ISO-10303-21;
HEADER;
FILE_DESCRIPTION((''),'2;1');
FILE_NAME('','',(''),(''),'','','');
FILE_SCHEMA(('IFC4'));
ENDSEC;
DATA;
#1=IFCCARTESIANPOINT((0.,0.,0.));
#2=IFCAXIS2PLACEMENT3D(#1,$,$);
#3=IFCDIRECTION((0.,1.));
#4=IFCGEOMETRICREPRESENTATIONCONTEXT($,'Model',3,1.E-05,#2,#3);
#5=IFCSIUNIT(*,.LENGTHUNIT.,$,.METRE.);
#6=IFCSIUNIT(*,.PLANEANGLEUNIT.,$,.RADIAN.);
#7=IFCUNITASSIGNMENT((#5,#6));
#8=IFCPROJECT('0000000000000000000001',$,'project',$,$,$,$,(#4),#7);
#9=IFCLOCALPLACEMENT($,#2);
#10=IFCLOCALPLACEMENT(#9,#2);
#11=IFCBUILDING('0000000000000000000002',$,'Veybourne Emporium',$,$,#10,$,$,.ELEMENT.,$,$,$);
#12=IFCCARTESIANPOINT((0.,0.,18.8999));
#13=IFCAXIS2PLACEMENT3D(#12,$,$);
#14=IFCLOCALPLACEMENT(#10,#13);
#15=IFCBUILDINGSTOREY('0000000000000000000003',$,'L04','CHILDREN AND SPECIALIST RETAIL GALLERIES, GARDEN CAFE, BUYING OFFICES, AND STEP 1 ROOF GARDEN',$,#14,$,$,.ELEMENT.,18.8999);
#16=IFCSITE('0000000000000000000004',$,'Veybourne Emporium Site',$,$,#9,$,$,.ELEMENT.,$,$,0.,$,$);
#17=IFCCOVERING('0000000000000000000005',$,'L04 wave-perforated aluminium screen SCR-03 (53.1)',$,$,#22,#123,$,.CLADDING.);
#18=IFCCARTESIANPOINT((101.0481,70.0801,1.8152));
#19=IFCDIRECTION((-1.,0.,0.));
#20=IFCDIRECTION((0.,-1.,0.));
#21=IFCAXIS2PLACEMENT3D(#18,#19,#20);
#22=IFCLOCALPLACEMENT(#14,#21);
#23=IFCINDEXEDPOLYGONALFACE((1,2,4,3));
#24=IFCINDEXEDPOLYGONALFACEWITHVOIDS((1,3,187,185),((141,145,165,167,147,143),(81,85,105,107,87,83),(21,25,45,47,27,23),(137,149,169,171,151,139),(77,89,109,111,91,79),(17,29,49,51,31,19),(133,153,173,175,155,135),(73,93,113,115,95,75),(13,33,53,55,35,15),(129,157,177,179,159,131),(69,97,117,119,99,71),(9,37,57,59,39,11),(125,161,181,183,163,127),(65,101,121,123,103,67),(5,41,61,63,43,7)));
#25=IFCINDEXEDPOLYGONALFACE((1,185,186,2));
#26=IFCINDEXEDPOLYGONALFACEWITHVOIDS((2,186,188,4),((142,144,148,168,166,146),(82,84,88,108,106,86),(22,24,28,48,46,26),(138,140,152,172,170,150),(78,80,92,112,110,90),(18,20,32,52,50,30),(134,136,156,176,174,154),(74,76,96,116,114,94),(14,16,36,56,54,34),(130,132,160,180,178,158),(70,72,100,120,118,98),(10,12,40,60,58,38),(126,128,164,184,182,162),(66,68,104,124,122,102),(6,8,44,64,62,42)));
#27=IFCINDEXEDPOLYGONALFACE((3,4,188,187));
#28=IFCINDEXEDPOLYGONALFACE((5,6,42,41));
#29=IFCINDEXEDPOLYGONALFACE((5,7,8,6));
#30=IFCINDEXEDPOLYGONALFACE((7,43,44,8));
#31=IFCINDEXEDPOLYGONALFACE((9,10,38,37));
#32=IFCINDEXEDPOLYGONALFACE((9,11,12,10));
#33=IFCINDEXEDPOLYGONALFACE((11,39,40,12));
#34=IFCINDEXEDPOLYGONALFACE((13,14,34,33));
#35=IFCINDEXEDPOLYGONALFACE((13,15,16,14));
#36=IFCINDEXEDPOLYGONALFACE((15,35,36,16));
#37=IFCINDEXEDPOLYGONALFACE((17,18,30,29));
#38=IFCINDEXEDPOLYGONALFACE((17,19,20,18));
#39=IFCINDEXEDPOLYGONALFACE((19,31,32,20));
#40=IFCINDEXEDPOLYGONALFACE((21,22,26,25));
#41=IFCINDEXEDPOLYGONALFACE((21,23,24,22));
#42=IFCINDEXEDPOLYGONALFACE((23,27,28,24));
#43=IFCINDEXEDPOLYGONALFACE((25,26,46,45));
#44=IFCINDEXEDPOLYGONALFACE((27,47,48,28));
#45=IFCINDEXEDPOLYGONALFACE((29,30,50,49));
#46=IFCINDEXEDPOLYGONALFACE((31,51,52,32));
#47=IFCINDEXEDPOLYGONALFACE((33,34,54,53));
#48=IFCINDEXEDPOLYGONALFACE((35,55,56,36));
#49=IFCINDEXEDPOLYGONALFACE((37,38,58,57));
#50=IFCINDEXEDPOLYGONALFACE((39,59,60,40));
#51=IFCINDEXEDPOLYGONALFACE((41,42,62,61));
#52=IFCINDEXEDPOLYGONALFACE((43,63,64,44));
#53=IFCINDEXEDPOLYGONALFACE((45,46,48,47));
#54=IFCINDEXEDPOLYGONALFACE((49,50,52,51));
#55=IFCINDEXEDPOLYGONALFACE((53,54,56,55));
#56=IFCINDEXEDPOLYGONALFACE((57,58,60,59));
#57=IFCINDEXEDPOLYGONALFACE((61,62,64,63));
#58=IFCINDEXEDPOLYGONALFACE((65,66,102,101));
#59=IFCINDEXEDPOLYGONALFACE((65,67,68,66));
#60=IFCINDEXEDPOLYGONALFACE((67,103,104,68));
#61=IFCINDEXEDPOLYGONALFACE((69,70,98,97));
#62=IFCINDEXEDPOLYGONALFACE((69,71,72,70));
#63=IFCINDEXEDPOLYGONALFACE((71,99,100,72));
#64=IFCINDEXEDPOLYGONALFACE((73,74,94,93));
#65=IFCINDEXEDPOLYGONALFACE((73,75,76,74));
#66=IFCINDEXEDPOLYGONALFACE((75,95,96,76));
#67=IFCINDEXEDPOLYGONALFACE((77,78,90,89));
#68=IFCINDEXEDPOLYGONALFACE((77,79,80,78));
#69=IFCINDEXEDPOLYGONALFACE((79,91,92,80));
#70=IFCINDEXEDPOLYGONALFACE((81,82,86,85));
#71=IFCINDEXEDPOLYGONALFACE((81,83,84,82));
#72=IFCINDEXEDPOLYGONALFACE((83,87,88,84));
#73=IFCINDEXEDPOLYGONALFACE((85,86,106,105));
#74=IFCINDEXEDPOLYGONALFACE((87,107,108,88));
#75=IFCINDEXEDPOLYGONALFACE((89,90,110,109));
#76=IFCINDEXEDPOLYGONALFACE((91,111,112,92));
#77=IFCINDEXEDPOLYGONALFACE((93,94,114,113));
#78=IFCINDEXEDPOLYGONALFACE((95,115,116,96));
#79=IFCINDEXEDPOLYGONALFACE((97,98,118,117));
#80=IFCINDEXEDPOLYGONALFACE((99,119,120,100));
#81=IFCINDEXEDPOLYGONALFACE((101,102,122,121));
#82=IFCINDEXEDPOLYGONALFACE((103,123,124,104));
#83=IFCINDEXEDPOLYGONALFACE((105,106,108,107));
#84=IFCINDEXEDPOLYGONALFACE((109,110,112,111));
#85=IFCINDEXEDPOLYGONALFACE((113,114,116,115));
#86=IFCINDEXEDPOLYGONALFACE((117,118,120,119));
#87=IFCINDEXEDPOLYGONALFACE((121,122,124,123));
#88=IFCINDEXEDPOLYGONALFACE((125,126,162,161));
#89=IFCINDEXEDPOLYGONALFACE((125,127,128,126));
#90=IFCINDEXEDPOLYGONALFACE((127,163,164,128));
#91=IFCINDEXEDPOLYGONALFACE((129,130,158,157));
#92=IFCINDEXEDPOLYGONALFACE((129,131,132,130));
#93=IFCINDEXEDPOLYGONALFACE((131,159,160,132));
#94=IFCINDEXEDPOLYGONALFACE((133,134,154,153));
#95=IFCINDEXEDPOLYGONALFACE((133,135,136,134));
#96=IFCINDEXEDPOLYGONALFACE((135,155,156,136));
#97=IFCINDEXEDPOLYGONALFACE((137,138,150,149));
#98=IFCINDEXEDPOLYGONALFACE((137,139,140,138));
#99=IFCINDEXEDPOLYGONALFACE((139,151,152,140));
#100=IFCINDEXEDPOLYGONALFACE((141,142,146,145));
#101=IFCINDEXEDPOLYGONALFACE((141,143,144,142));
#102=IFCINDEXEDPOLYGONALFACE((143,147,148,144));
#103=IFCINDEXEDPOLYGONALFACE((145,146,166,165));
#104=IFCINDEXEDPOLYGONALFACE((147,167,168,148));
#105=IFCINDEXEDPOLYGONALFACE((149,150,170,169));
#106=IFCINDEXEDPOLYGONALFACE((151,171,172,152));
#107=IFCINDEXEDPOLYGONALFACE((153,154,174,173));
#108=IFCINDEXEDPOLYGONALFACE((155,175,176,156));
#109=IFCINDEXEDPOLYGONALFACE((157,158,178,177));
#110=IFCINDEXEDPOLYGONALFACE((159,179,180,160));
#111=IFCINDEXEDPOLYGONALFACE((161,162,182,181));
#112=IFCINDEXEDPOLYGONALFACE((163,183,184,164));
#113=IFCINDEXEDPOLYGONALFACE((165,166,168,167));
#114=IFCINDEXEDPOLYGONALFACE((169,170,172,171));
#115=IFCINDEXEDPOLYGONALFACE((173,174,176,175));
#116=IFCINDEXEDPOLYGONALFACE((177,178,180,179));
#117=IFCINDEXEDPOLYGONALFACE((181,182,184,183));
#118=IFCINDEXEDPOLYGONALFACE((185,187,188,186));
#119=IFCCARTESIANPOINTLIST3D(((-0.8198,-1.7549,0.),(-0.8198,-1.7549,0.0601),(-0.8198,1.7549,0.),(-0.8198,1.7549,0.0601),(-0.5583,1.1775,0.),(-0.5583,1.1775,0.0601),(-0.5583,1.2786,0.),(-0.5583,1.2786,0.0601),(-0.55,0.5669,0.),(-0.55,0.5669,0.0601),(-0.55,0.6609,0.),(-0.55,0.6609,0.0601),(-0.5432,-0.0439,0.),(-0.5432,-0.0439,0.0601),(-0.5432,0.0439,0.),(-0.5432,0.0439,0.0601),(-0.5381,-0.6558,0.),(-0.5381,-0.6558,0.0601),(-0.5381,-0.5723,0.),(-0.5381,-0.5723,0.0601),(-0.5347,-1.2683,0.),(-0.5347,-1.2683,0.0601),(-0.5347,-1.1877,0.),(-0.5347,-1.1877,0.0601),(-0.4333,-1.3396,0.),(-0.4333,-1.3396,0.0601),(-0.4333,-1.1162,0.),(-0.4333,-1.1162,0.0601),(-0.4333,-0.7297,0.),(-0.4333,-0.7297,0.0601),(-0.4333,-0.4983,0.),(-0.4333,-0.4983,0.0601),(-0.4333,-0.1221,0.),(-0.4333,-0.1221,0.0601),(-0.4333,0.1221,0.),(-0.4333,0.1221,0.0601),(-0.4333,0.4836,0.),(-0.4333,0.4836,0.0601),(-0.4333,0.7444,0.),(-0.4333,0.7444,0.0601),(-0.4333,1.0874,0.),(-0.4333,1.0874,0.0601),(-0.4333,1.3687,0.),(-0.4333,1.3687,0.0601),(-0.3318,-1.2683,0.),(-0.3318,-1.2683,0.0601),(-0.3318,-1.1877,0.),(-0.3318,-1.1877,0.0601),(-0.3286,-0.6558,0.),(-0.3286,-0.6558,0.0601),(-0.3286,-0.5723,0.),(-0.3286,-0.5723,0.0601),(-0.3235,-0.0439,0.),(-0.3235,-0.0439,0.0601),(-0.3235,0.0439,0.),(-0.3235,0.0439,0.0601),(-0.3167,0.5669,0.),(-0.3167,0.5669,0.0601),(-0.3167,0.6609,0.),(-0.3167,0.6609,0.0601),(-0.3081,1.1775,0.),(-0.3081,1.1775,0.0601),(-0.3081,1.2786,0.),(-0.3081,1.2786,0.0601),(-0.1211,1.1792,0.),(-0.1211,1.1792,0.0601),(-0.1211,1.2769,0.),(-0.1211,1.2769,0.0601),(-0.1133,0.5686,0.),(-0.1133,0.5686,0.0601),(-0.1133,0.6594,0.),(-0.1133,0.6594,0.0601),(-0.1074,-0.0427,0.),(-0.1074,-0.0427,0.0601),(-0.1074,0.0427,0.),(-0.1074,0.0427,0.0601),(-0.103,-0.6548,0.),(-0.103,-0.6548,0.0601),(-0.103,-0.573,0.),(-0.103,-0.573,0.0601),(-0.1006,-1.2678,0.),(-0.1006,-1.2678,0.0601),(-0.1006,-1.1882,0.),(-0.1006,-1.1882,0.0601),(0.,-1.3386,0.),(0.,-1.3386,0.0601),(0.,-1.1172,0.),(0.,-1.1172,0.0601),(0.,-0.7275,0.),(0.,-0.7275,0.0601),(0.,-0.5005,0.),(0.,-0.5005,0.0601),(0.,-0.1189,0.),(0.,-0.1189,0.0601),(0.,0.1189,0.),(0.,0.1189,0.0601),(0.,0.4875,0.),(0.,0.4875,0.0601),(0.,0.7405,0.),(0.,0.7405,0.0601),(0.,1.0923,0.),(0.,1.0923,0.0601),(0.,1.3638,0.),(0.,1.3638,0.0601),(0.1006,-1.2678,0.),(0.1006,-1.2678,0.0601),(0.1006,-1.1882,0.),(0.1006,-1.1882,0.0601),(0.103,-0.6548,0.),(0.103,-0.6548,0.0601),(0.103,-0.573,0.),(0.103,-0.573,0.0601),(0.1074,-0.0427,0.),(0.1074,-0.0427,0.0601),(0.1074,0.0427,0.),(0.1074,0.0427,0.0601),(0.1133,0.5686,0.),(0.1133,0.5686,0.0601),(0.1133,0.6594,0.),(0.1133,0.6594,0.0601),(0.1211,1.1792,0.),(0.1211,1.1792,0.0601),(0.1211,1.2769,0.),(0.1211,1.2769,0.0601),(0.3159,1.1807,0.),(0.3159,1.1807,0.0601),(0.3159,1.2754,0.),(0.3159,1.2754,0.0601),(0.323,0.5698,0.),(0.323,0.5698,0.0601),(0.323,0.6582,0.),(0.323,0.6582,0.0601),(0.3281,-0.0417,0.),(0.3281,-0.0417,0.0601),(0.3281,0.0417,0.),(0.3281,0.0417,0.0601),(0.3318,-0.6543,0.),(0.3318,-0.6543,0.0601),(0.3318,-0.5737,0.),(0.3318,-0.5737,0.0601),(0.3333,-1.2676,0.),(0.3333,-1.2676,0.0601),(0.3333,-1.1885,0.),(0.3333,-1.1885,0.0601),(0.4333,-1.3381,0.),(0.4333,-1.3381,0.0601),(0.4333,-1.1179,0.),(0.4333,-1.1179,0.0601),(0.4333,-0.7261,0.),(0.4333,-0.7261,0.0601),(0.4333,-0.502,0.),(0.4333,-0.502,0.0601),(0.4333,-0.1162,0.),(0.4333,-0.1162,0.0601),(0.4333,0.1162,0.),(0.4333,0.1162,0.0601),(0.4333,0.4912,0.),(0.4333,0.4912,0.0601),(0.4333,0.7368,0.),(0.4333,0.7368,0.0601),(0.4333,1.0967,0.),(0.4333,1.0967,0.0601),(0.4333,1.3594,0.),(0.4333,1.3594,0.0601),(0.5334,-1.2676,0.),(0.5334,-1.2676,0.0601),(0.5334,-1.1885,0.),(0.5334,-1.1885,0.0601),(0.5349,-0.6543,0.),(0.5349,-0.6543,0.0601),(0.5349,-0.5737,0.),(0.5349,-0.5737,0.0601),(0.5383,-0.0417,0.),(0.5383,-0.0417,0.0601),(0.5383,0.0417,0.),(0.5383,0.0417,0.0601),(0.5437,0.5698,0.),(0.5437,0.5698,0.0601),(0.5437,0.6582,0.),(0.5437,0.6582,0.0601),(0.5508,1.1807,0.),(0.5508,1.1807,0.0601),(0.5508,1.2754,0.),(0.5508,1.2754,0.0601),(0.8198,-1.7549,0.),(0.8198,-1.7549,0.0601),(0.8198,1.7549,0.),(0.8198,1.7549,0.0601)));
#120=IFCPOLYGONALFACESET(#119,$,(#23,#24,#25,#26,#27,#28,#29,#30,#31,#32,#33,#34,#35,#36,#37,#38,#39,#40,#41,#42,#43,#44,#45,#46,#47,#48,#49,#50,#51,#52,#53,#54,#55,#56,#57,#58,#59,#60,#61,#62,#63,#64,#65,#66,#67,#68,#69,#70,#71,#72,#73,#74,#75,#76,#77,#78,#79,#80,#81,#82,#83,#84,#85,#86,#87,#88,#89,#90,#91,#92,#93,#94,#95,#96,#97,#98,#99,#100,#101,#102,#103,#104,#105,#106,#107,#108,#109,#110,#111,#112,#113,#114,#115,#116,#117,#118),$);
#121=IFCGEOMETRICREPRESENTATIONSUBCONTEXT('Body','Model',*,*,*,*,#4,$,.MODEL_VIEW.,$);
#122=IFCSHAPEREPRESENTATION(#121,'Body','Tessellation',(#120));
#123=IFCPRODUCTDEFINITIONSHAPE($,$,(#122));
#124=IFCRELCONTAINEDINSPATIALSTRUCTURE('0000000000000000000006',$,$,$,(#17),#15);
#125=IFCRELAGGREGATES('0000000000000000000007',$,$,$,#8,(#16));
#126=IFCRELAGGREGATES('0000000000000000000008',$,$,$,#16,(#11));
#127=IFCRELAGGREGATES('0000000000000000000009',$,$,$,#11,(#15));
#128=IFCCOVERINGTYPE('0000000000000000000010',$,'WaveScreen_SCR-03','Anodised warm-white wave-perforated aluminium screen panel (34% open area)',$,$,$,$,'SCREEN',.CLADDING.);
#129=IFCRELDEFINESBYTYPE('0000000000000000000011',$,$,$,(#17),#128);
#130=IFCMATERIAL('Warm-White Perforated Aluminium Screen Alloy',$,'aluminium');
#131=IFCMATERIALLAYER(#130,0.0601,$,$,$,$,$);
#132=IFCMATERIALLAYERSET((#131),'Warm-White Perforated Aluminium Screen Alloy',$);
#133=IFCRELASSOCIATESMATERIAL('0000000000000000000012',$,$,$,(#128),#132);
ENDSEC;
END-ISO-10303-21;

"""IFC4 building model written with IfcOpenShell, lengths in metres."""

from ifc_helpers import new_model, si_unit, direction, frame, origin, place, context, subcontext, project, spatial, polyline, outline, extrude, material, layer, layer_set, type_object, element, save


model = new_model("IFC4")

# Units and contexts
model_context = context("Model", 3, precision=1e-05, world=origin(), true_north=direction((0.0, 1.0)))
body_context = subcontext(model_context, "Body", "Model", "MODEL_VIEW")
ifc_project = project(units=[si_unit("LENGTHUNIT", "METRE"), si_unit("PLANEANGLEUNIT", "RADIAN")], contexts=[model_context])

# Site, building, storey
site_placement = place(None, origin())
site = spatial("IfcSite", under=ifc_project, at=site_placement, Name="Veybourne Emporium Site", CompositionType="ELEMENT", RefElevation=0.0)
building_placement = place(site_placement, origin())
building = spatial("IfcBuilding", under=site, at=building_placement, Name="Veybourne Emporium", CompositionType="ELEMENT")
storey_placement = place(building_placement, frame((0.0, 0.0, 18.8999)))
storey = spatial("IfcBuildingStorey", under=building, at=storey_placement, Name="L04", Description="CHILDREN AND SPECIALIST RETAIL GALLERIES, GARDEN CAFE, BUYING OFFICES, AND STEP 1 ROOF GARDEN", CompositionType="ELEMENT", Elevation=18.8999)

# Covering
ifc_material_1 = material(Name="Warm-White Perforated Aluminium Screen Alloy", Category="aluminium")
ifc_layer_1 = layer(ifc_material_1, 0.0601)
ifc_layer_set_1 = layer_set([ifc_layer_1], Name="Warm-White Perforated Aluminium Screen Alloy")
covering_type_1 = type_object("IfcCoveringType", Name="WaveScreen_SCR-03", Description="Anodised warm-white wave-perforated aluminium screen panel (34% open area)", ElementType="SCREEN", PredefinedType="CLADDING", material=ifc_layer_set_1)
covering_1_placement = place(storey_placement, frame((101.0481, 70.0801, 1.8152), z_axis=(-1.0, 0.0, 0.0), x_axis=(0.0, -1.0, 0.0)))
element("IfcCovering", 1, at=covering_1_placement, inside=storey, type_object=covering_type_1, Name="L04 wave-perforated aluminium screen SCR-03 (53.1)", PredefinedType="CLADDING", context=body_context, shape_type="SweptSolid", body=[
    extrude(outline(polyline([(-0.8198, -1.7549), (0.8198, -1.7549), (0.8198, 1.7549), (-0.8198, 1.7549), (-0.8198, -1.7549)]), holes=[polyline([(-0.4333, -1.1162), (-0.3318, -1.1877), (-0.3318, -1.2683), (-0.4333, -1.3396), (-0.5347, -1.2683), (-0.5347, -1.1877), (-0.4333, -1.1162)]), polyline([(-0.4333, -0.4983), (-0.3286, -0.5723), (-0.3286, -0.6558), (-0.4333, -0.7297), (-0.5381, -0.6558), (-0.5381, -0.5723), (-0.4333, -0.4983)]), polyline([(-0.4333, 0.1221), (-0.3235, 0.0439), (-0.3235, -0.0439), (-0.4333, -0.1221), (-0.5432, -0.0439), (-0.5432, 0.0439), (-0.4333, 0.1221)]), polyline([(-0.4333, 0.7444), (-0.3167, 0.6609), (-0.3167, 0.5669), (-0.4333, 0.4836), (-0.55, 0.5669), (-0.55, 0.6609), (-0.4333, 0.7444)]), polyline([(-0.4333, 1.3687), (-0.3081, 1.2786), (-0.3081, 1.1775), (-0.4333, 1.0874), (-0.5583, 1.1775), (-0.5583, 1.2786), (-0.4333, 1.3687)]), polyline([(0.0, -1.1172), (0.1006, -1.1882), (0.1006, -1.2678), (0.0, -1.3386), (-0.1006, -1.2678), (-0.1006, -1.1882), (0.0, -1.1172)]), polyline([(0.0, -0.5005), (0.103, -0.573), (0.103, -0.6548), (0.0, -0.7275), (-0.103, -0.6548), (-0.103, -0.573), (0.0, -0.5005)]), polyline([(0.0, 0.1189), (0.1074, 0.0427), (0.1074, -0.0427), (0.0, -0.1189), (-0.1074, -0.0427), (-0.1074, 0.0427), (0.0, 0.1189)]), polyline([(0.0, 0.7405), (0.1133, 0.6594), (0.1133, 0.5686), (0.0, 0.4875), (-0.1133, 0.5686), (-0.1133, 0.6594), (0.0, 0.7405)]), polyline([(0.0, 1.3638), (0.1211, 1.2769), (0.1211, 1.1792), (0.0, 1.0923), (-0.1211, 1.1792), (-0.1211, 1.2769), (0.0, 1.3638)]), polyline([(0.4333, -1.1179), (0.5334, -1.1885), (0.5334, -1.2676), (0.4333, -1.3381), (0.3333, -1.2676), (0.3333, -1.1885), (0.4333, -1.1179)]), polyline([(0.4333, -0.502), (0.5349, -0.5737), (0.5349, -0.6543), (0.4333, -0.7261), (0.3318, -0.6543), (0.3318, -0.5737), (0.4333, -0.502)]), polyline([(0.4333, 0.1162), (0.5383, 0.0417), (0.5383, -0.0417), (0.4333, -0.1162), (0.3281, -0.0417), (0.3281, 0.0417), (0.4333, 0.1162)]), polyline([(0.4333, 0.7368), (0.5437, 0.6582), (0.5437, 0.5698), (0.4333, 0.4912), (0.323, 0.5698), (0.323, 0.6582), (0.4333, 0.7368)]), polyline([(0.4333, 1.3594), (0.5508, 1.2754), (0.5508, 1.1807), (0.4333, 1.0967), (0.3159, 1.1807), (0.3159, 1.2754), (0.4333, 1.3594)])]), origin(), (0.0, 0.0, 1.0), 0.0601),
])

save(model, "model.ifc")
